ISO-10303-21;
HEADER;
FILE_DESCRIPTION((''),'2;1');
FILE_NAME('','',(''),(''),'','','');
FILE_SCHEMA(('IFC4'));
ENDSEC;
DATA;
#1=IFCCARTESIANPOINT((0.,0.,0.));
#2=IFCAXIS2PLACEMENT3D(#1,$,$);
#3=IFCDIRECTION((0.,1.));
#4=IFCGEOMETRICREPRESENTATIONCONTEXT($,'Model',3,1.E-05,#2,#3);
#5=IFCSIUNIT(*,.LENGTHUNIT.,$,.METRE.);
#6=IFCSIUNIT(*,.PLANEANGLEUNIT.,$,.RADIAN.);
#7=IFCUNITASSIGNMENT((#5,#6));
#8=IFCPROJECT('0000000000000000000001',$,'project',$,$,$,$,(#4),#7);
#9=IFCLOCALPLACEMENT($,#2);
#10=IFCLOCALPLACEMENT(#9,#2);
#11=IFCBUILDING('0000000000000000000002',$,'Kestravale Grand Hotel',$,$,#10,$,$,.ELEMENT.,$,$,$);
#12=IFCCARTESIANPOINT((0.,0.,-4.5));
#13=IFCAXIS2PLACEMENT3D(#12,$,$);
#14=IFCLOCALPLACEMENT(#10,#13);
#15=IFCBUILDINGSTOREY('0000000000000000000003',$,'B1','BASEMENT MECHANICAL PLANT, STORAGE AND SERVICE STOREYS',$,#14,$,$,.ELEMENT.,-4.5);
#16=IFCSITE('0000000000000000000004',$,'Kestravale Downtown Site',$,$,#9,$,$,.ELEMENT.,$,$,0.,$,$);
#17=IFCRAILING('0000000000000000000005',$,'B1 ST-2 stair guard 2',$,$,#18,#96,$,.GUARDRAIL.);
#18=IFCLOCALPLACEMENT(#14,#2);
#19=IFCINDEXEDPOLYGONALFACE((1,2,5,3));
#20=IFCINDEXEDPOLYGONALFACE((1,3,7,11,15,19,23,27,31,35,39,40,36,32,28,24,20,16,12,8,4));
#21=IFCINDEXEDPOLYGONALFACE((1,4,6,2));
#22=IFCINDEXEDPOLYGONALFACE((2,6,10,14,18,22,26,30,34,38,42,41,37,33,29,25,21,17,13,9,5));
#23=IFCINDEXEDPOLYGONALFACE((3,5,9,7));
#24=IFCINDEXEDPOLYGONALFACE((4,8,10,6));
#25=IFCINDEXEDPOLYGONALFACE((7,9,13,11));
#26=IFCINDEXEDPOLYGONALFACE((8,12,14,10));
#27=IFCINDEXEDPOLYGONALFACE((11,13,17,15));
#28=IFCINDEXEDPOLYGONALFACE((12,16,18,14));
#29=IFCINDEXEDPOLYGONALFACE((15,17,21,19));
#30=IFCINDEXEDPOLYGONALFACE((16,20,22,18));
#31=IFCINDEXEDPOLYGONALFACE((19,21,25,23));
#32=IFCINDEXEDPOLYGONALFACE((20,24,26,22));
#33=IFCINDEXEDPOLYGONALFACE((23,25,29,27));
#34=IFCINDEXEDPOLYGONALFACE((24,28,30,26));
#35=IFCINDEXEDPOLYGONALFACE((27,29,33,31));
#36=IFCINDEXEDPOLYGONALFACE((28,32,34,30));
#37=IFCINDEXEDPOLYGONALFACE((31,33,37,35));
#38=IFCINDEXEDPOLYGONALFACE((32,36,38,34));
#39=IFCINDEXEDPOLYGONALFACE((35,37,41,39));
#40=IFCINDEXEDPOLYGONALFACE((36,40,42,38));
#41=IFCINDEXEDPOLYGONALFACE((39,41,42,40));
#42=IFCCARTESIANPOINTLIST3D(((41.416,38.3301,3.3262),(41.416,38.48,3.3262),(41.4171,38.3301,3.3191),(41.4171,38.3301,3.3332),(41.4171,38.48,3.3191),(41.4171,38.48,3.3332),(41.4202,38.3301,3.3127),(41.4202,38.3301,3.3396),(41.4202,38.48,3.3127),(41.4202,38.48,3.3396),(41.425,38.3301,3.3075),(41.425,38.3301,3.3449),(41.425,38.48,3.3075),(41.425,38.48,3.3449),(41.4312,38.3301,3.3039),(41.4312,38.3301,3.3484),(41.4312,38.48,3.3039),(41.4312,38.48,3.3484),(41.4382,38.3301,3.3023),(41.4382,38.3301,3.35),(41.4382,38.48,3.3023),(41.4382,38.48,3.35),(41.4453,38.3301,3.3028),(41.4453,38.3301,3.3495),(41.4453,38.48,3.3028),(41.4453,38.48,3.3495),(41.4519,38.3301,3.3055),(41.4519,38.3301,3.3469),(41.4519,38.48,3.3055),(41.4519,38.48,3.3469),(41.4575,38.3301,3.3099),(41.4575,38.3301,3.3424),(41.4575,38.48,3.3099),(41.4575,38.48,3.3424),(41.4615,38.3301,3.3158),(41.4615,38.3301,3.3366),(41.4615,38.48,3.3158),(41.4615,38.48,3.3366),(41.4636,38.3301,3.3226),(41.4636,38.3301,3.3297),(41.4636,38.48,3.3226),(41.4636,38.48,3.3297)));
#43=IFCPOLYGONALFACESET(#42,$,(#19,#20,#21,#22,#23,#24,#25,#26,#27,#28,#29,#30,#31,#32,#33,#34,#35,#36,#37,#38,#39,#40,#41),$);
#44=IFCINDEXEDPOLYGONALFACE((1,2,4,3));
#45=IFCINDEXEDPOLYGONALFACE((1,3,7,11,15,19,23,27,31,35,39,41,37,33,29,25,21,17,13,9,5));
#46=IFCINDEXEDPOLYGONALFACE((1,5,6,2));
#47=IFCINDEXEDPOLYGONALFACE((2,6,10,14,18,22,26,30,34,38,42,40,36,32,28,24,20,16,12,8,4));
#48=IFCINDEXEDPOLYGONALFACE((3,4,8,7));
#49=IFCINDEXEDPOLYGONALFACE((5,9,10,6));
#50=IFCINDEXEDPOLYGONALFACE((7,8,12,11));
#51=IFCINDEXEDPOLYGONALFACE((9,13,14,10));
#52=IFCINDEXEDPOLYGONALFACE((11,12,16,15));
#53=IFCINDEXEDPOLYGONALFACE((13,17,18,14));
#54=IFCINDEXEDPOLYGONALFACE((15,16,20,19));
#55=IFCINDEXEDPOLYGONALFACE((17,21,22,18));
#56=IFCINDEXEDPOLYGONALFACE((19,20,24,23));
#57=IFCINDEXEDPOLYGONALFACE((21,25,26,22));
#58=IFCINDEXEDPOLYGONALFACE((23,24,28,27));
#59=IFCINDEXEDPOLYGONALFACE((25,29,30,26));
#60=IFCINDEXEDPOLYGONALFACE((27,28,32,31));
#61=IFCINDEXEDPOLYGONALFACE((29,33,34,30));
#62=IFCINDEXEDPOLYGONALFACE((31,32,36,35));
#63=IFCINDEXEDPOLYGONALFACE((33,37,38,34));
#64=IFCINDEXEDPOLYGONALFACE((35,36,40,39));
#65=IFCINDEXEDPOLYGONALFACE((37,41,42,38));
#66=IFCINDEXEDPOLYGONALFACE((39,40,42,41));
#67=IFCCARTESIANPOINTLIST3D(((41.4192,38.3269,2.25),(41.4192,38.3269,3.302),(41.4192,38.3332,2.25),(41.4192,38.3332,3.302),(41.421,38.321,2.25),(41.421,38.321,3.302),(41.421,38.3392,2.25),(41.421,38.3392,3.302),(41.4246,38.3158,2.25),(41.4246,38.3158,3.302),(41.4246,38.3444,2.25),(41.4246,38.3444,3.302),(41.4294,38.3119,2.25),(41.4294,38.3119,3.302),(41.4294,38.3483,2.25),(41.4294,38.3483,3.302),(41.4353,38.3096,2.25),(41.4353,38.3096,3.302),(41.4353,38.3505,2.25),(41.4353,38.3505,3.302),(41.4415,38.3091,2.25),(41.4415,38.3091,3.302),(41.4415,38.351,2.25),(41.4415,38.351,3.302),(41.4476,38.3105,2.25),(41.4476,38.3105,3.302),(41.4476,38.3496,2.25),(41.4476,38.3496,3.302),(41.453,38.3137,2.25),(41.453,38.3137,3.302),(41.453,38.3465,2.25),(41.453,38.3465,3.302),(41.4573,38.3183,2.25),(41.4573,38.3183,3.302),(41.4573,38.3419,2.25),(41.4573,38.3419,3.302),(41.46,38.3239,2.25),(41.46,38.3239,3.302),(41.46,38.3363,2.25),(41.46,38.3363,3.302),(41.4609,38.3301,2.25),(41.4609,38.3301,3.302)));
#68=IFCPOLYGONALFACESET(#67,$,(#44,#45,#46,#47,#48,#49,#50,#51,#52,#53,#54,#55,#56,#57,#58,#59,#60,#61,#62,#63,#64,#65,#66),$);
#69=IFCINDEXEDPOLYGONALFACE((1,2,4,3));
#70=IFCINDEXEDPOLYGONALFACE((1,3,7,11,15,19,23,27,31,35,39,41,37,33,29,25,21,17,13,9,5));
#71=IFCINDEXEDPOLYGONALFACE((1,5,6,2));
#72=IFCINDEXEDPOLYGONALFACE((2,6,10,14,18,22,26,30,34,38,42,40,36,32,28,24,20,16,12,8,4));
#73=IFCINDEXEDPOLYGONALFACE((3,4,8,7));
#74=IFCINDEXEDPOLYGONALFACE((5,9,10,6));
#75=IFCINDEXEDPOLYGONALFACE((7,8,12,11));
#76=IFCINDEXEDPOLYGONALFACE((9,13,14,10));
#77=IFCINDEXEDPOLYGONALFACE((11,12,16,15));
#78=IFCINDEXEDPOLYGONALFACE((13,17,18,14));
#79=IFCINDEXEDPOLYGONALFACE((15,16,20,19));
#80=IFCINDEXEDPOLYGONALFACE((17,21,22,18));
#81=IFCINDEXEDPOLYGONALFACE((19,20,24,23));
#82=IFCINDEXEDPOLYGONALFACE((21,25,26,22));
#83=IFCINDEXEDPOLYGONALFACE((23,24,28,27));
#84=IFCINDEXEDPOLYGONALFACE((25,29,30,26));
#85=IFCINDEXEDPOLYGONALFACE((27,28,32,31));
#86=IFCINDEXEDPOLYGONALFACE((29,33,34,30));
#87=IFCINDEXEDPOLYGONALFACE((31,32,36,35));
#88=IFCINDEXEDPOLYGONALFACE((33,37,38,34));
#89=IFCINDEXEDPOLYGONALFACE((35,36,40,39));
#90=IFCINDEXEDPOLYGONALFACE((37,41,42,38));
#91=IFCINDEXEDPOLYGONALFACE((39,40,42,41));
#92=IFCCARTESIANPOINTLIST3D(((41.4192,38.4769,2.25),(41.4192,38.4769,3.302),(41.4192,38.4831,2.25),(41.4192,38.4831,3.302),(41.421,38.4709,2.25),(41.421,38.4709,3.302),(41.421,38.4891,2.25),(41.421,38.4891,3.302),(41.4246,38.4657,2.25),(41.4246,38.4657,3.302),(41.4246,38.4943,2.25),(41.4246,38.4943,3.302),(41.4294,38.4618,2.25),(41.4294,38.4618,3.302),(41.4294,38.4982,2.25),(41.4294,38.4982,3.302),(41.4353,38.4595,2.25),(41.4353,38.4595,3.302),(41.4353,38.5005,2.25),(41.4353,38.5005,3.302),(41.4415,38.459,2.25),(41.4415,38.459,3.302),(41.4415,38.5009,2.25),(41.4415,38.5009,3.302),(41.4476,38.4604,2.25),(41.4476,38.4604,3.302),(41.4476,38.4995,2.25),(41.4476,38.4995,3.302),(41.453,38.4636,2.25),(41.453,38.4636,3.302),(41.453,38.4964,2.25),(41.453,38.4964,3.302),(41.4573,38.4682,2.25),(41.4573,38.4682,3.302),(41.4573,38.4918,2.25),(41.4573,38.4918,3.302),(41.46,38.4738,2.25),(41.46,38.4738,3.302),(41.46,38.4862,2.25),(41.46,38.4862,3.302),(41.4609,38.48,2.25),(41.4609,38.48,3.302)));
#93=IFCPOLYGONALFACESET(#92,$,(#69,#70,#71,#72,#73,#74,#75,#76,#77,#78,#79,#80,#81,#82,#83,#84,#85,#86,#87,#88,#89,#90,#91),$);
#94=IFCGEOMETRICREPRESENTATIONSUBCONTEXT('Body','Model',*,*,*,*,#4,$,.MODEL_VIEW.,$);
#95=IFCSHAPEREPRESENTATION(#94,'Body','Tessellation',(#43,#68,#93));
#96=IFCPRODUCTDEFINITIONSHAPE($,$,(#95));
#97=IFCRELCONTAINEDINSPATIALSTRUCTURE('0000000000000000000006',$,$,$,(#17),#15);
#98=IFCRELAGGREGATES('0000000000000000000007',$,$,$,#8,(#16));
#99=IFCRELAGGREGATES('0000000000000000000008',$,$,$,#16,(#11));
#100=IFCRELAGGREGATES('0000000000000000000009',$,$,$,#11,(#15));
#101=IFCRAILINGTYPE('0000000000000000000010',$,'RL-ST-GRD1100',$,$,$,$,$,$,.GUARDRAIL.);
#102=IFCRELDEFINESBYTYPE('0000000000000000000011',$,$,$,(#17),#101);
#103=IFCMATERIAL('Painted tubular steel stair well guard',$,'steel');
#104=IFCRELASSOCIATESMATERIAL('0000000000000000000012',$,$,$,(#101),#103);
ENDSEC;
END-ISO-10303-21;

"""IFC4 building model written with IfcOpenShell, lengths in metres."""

from ifc_helpers import new_model, si_unit, direction, frame, origin, origin_2d, place, context, subcontext, project, spatial, circle, extrude, material, type_object, element, save


model = new_model("IFC4")

# Units and contexts
model_context = context("Model", 3, precision=1e-05, world=origin(), true_north=direction((0.0, 1.0)))
body_context = subcontext(model_context, "Body", "Model", "MODEL_VIEW")
ifc_project = project(units=[si_unit("LENGTHUNIT", "METRE"), si_unit("PLANEANGLEUNIT", "RADIAN")], contexts=[model_context])

# Site, building, storey
site_placement = place(None, origin())
site = spatial("IfcSite", under=ifc_project, at=site_placement, Name="Kestravale Downtown Site", CompositionType="ELEMENT", RefElevation=0.0)
building_placement = place(site_placement, origin())
building = spatial("IfcBuilding", under=site, at=building_placement, Name="Kestravale Grand Hotel", CompositionType="ELEMENT")
storey_placement = place(building_placement, frame((0.0, 0.0, -4.5)))
storey = spatial("IfcBuildingStorey", under=building, at=storey_placement, Name="B1", Description="BASEMENT MECHANICAL PLANT, STORAGE AND SERVICE STOREYS", CompositionType="ELEMENT", Elevation=-4.5)

# Railing
ifc_material_1 = material(Name="Painted tubular steel stair well guard", Category="steel")
railing_type_1 = type_object("IfcRailingType", Name="RL-ST-GRD1100", PredefinedType="GUARDRAIL", material=ifc_material_1)
railing_1_placement = place(storey_placement, frame((41.4399, 38.3301, 2.25)))
element("IfcRailing", 1, at=railing_1_placement, inside=storey, type_object=railing_type_1, Name="B1 ST-2 stair guard 2", PredefinedType="GUARDRAIL", context=body_context, shape_type="SweptSolid", body=[
    extrude(circle(Radius=0.0239, at=origin_2d()), frame((0.0, 0.0, 1.0762), z_axis=(0.0, 1.0, 0.0), x_axis=(-1.0, 0.0, 0.0)), (0.0, 0.0, 1.0), 0.1499),
    extrude(circle(Radius=0.021, at=origin_2d()), origin(), (0.0, 0.0, 1.0), 1.052),
    extrude(circle(Radius=0.021, at=origin_2d()), frame((0.0, 0.1499, 0.0)), (0.0, 0.0, 1.0), 1.052),
])

save(model, "model.ifc")
